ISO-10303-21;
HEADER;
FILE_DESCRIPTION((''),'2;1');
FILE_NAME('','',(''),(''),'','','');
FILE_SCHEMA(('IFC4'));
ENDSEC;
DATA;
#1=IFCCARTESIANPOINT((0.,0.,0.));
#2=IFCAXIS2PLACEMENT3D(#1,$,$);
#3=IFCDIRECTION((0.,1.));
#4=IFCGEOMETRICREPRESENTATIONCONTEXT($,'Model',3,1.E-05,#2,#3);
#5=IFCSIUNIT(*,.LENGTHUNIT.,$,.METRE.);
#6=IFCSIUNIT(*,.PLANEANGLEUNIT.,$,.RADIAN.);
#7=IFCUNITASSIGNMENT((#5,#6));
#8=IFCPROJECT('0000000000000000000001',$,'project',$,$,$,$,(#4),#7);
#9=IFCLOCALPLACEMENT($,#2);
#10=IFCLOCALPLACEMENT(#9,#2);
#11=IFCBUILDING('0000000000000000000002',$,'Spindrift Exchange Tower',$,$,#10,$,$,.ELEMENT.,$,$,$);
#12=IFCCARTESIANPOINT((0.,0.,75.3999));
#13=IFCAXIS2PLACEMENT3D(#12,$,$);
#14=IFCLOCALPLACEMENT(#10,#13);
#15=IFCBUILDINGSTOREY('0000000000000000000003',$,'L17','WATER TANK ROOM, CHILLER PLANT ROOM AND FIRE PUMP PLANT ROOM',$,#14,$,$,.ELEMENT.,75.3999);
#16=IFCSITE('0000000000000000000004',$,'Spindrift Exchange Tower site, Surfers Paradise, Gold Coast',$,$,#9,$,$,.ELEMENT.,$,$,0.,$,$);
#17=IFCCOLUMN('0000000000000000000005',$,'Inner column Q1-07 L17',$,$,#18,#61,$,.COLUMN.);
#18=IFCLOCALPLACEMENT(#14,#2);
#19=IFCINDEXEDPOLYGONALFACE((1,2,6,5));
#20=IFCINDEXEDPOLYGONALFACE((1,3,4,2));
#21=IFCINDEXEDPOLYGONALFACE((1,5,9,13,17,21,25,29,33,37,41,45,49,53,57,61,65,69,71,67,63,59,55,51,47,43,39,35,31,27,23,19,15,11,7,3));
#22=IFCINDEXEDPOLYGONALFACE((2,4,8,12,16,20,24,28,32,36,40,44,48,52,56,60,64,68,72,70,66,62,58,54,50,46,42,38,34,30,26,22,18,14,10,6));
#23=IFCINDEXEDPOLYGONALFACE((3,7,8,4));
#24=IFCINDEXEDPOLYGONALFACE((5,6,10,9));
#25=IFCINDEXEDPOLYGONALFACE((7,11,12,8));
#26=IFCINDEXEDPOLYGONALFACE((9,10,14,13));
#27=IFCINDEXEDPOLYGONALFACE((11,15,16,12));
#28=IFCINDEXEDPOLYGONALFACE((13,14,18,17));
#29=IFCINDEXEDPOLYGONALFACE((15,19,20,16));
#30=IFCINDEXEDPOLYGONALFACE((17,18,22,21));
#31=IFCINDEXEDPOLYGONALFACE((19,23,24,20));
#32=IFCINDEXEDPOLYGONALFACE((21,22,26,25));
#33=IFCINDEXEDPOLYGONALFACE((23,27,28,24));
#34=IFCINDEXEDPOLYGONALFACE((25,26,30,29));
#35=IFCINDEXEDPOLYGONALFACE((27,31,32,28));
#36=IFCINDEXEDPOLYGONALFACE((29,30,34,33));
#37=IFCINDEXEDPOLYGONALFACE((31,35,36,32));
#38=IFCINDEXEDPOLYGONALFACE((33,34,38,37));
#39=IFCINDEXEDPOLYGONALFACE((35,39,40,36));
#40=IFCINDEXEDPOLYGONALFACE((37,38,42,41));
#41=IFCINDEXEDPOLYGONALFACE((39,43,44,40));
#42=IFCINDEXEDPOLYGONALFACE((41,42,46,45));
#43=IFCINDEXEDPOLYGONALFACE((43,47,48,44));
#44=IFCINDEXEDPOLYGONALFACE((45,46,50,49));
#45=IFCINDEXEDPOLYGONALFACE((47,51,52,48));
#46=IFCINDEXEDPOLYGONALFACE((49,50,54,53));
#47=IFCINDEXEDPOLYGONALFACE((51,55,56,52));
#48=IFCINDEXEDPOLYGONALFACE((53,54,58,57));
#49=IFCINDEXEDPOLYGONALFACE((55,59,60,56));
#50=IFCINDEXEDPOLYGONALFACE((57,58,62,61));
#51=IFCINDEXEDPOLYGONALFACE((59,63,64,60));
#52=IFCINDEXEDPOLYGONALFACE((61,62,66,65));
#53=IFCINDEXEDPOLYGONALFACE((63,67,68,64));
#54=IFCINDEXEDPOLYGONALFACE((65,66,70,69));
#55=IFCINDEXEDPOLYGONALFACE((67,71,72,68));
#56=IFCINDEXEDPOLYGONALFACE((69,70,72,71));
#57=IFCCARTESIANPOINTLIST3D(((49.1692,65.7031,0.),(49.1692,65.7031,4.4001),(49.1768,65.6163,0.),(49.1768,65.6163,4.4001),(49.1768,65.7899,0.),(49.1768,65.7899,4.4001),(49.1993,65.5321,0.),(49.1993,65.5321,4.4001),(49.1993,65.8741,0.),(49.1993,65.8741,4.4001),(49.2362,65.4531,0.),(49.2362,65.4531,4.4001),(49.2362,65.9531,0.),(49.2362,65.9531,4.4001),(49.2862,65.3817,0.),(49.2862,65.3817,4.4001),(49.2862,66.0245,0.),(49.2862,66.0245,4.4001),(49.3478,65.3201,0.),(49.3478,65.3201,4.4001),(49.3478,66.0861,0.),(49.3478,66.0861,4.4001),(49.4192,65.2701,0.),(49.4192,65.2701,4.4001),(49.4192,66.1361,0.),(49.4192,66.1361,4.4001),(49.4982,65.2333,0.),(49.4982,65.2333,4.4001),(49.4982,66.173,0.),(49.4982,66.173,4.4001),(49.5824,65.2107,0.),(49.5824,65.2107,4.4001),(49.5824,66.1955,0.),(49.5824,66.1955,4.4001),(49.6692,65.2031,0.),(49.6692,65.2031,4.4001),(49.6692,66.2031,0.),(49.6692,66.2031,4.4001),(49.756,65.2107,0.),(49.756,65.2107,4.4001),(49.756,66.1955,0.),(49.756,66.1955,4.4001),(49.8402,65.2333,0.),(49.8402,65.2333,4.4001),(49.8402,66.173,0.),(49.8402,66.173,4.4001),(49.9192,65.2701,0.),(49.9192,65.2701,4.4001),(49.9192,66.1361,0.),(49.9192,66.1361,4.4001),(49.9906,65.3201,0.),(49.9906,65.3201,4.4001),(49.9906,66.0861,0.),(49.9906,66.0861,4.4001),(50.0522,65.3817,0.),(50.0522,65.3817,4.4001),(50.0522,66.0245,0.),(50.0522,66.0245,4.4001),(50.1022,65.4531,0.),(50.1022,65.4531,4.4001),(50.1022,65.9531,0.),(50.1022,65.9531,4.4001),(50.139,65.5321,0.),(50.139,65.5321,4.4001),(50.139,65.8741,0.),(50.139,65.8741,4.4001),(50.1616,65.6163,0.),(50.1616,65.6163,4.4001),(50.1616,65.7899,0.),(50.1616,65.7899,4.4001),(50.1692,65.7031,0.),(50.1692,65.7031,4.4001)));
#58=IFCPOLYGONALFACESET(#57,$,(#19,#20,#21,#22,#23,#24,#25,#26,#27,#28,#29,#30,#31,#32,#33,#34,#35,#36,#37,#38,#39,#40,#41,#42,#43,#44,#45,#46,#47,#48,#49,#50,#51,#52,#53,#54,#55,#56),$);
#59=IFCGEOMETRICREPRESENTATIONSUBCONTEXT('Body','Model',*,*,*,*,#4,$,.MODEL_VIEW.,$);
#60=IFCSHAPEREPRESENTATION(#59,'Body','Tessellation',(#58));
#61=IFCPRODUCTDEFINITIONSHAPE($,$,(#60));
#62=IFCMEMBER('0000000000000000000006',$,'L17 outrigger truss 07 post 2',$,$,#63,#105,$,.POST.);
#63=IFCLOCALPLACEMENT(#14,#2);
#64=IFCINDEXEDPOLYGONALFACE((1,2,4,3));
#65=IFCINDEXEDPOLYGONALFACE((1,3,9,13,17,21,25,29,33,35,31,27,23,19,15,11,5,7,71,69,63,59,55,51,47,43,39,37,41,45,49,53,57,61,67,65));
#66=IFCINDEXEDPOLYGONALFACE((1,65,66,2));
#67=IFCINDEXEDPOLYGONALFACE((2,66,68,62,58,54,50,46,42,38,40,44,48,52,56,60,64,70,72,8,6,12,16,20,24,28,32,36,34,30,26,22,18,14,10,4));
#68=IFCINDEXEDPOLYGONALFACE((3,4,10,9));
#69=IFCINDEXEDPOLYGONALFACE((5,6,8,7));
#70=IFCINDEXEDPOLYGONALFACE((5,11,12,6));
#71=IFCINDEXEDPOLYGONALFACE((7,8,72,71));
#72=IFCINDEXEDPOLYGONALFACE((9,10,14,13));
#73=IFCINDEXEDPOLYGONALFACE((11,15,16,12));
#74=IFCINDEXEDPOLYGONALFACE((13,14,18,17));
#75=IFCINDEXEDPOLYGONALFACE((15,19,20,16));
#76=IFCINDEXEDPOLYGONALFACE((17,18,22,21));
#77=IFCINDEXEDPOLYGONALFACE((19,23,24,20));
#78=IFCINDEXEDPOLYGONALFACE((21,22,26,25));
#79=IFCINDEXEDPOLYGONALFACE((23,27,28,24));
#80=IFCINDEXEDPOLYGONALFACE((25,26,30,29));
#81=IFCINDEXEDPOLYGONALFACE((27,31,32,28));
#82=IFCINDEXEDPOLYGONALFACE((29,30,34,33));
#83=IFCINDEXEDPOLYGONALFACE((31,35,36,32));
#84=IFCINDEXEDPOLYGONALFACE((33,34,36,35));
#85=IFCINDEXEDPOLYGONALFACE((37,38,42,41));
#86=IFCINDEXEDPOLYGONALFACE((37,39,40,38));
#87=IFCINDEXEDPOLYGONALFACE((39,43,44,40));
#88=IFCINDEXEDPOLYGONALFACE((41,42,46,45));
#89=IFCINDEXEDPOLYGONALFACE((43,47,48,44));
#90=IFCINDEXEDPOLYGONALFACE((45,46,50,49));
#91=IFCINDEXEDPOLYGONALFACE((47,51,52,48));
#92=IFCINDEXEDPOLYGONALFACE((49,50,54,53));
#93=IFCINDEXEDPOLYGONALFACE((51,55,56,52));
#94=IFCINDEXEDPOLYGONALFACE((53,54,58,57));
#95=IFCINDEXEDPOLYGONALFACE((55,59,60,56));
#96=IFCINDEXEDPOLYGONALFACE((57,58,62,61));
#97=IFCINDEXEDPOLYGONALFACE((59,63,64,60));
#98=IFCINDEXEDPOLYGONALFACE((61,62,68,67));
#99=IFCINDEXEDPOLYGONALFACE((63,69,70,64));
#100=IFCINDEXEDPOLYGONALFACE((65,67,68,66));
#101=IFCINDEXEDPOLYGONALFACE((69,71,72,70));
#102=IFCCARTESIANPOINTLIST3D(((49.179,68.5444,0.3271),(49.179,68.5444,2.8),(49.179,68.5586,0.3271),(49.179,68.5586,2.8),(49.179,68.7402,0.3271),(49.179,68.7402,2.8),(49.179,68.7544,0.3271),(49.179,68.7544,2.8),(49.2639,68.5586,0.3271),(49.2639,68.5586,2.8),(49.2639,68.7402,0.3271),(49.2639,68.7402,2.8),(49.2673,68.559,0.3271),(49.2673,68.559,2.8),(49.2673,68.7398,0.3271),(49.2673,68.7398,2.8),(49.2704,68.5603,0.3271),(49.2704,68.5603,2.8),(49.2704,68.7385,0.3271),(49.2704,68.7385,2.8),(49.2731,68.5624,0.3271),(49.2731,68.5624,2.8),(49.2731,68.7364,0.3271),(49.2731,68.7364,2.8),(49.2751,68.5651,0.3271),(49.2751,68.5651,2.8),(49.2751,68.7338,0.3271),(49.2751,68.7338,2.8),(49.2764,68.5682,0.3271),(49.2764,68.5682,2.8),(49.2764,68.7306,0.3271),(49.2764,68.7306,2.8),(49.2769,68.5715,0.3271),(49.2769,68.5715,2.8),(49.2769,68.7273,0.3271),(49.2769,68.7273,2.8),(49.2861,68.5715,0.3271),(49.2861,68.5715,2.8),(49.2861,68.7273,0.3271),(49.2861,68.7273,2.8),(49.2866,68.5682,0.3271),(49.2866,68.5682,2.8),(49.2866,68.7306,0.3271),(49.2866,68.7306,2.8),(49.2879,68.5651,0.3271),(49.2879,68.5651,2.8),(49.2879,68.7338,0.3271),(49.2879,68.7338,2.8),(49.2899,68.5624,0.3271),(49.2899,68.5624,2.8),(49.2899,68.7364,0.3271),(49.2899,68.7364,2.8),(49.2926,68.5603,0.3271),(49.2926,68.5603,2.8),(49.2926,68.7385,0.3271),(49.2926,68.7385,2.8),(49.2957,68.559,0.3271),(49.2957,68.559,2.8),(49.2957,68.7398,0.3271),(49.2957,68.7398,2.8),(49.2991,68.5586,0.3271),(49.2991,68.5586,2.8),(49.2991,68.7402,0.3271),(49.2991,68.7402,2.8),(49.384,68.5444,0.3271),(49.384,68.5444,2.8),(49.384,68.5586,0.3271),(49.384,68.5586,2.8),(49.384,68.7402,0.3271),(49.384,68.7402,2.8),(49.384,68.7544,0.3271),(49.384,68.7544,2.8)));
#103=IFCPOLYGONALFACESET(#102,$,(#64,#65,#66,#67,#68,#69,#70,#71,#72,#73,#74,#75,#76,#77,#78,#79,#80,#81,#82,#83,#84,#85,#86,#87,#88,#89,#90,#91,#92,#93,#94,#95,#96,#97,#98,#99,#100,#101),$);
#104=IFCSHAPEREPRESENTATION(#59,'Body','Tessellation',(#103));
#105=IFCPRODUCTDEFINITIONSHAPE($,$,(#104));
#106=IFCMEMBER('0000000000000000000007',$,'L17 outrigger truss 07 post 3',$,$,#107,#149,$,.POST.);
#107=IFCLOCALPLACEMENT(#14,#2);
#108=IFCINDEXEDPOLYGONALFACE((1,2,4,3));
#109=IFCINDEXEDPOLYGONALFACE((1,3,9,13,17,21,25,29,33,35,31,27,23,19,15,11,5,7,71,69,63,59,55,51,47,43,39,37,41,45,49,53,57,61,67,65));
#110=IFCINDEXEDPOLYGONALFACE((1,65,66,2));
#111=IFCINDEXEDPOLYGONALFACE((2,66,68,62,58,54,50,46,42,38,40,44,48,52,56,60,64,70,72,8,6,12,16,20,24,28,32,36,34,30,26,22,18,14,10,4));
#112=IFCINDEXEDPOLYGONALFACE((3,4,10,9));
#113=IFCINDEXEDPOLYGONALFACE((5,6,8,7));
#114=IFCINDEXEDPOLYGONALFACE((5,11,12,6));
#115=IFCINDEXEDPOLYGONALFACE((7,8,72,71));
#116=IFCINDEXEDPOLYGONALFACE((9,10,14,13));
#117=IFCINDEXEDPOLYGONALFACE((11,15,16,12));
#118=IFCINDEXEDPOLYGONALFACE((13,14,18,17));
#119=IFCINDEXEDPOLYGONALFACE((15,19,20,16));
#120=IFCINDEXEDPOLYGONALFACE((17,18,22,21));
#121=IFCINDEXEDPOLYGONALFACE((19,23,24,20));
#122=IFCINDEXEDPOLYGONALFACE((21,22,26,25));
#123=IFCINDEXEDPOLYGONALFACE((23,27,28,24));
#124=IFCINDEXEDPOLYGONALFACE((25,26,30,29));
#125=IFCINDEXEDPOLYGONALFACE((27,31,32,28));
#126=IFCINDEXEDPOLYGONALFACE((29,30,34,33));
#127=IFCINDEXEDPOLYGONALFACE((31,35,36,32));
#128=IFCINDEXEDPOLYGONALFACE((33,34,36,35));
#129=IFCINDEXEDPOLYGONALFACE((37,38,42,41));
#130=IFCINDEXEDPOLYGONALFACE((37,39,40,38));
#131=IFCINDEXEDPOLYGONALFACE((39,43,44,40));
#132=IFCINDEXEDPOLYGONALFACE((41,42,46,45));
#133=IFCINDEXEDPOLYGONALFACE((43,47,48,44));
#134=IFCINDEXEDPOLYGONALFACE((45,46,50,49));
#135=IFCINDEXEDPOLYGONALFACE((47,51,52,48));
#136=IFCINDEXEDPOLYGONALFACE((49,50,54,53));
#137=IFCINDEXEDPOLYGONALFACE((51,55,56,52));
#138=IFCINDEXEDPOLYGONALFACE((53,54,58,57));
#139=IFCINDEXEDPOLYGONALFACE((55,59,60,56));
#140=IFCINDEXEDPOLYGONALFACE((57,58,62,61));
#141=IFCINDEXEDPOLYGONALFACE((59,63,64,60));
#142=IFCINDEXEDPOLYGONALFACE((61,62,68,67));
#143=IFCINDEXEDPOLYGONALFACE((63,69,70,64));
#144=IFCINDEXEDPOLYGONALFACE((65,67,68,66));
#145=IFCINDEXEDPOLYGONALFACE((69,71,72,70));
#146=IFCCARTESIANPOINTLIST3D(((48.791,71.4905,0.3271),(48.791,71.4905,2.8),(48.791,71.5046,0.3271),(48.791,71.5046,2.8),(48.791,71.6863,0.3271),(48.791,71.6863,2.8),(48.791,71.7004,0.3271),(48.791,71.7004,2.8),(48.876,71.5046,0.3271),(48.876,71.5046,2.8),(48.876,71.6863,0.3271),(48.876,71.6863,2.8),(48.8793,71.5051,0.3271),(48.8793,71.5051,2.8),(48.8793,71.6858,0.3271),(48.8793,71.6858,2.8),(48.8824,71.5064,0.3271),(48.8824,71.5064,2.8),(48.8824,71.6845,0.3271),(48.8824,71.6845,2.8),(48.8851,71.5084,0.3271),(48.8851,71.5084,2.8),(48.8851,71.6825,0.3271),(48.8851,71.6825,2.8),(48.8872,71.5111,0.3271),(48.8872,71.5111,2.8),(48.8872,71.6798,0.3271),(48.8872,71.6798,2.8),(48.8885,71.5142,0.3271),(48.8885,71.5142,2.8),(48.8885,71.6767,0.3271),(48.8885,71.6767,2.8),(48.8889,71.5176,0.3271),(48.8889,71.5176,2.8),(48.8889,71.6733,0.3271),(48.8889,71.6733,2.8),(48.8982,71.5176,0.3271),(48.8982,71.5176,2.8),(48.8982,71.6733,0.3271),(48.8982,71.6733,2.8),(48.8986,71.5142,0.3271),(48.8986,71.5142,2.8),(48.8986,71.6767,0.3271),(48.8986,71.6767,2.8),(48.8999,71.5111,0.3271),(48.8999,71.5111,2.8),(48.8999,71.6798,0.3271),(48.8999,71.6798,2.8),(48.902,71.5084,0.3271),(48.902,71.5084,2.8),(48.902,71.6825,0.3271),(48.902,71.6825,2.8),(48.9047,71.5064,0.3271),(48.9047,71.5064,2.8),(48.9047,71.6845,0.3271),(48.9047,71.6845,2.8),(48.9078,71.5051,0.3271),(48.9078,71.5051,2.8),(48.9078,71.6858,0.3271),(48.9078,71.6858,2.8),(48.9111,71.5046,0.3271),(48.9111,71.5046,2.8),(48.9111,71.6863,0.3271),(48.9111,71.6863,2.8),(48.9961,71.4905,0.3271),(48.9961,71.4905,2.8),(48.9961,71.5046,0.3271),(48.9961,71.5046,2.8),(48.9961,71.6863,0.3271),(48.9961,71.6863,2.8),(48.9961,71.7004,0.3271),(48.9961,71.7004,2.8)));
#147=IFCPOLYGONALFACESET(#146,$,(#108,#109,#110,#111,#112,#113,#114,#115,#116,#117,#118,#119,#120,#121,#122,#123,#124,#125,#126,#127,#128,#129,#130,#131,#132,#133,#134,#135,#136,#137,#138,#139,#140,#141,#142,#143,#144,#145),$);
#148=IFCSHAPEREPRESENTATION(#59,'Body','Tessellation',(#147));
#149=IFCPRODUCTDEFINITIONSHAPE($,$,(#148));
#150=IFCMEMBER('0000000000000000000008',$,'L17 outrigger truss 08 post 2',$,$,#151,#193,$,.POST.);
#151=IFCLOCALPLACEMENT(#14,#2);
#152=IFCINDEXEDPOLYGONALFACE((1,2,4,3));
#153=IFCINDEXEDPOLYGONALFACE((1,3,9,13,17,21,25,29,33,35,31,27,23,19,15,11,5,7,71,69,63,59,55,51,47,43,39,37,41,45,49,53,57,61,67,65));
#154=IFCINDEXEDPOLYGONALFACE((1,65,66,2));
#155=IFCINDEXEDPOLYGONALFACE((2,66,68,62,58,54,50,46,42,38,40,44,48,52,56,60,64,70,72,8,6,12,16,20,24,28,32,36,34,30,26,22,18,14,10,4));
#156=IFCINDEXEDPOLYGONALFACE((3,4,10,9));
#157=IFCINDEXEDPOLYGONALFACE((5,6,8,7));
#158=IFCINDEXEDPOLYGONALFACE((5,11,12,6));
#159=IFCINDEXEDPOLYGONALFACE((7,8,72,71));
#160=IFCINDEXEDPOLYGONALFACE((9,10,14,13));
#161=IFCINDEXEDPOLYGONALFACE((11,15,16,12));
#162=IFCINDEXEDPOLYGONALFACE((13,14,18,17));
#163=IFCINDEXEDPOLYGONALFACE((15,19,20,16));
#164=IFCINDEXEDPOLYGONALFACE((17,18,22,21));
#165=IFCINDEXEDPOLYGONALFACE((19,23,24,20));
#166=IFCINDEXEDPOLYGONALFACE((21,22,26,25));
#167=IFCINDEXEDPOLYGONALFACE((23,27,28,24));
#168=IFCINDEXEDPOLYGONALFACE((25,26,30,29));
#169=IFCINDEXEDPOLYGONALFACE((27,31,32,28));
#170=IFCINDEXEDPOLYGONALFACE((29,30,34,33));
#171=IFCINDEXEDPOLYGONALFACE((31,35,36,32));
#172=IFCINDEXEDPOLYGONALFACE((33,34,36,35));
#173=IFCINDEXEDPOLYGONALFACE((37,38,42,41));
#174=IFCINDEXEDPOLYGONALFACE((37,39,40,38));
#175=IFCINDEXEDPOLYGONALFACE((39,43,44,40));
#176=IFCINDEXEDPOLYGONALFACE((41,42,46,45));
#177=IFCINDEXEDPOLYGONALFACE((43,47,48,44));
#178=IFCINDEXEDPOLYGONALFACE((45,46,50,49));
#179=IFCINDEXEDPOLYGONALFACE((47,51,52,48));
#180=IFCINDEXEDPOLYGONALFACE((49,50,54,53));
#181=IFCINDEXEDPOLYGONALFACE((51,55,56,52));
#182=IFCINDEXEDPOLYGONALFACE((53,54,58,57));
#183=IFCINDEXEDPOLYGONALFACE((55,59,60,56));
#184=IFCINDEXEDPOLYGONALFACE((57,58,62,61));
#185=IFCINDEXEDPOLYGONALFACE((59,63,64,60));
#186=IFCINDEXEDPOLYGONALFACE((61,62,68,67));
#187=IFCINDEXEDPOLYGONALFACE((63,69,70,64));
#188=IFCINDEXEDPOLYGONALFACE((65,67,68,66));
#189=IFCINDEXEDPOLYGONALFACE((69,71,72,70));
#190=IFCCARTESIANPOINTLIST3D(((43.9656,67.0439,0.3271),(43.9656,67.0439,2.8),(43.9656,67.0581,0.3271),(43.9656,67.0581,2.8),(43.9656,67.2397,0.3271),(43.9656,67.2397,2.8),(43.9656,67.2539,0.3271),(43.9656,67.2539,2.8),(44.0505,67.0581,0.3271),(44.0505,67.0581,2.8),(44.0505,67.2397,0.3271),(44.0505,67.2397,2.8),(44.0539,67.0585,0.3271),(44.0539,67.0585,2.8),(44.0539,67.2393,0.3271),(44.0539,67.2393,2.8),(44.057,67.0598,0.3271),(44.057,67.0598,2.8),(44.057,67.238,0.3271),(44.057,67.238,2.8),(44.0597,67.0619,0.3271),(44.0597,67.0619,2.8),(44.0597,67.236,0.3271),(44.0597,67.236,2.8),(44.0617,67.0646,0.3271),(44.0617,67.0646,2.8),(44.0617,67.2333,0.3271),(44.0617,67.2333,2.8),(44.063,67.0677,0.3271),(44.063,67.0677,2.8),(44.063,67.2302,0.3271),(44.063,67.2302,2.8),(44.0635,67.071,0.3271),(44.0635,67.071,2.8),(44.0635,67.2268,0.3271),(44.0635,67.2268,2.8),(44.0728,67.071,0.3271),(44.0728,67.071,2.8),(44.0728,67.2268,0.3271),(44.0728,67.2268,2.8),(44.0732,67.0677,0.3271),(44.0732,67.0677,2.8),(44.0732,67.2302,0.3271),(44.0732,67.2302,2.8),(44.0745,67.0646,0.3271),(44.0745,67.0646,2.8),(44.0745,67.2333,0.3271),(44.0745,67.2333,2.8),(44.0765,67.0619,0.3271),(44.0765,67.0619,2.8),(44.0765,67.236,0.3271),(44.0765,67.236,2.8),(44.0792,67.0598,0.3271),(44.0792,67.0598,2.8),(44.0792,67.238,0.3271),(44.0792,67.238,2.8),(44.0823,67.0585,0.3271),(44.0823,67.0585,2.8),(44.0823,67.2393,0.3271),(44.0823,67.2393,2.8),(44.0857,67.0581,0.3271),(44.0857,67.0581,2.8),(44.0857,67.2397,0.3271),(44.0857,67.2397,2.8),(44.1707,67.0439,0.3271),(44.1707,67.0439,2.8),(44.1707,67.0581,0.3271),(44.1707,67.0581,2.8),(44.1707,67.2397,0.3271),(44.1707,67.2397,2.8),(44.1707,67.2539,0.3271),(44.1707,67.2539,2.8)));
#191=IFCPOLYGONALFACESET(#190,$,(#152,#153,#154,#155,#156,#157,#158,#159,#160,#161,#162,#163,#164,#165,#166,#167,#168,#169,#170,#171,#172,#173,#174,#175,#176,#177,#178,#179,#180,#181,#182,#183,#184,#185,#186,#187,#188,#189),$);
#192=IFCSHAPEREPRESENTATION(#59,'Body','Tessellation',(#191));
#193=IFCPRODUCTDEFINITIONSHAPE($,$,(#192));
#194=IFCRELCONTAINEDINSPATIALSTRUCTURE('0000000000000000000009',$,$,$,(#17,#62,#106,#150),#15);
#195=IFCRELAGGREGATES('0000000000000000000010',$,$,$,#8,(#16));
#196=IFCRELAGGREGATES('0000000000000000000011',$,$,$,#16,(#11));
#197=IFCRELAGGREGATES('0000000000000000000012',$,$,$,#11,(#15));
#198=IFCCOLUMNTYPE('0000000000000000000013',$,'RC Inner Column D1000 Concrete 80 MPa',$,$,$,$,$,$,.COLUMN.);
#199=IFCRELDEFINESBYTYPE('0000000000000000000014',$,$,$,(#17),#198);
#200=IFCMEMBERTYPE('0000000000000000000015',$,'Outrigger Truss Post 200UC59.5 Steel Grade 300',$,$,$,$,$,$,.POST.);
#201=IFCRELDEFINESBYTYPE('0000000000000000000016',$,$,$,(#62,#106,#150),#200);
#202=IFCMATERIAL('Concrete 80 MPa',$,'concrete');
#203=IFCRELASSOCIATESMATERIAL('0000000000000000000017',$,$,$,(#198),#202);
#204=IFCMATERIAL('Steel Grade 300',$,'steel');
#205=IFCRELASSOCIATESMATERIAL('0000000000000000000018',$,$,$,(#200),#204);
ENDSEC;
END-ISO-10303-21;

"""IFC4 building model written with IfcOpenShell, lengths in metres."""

from ifc_helpers import new_model, si_unit, direction, frame, origin, origin_2d, place, context, subcontext, project, spatial, circle, i_section, extrude, source, transform, mapped, material, material_profile, profile_set, type_object, element, save


model = new_model("IFC4")

# Units and contexts
model_context = context("Model", 3, precision=1e-05, world=origin(), true_north=direction((0.0, 1.0)))
body_context = subcontext(model_context, "Body", "Model", "MODEL_VIEW")
ifc_project = project(units=[si_unit("LENGTHUNIT", "METRE"), si_unit("PLANEANGLEUNIT", "RADIAN")], contexts=[model_context])

# Site, building, storey
site_placement = place(None, origin())
site = spatial("IfcSite", under=ifc_project, at=site_placement, Name="Spindrift Exchange Tower site, Surfers Paradise, Gold Coast", CompositionType="ELEMENT", RefElevation=0.0)
building_placement = place(site_placement, origin())
building = spatial("IfcBuilding", under=site, at=building_placement, Name="Spindrift Exchange Tower", CompositionType="ELEMENT")
storey_placement = place(building_placement, frame((0.0, 0.0, 75.3999)))
storey = spatial("IfcBuildingStorey", under=building, at=storey_placement, Name="L17", Description="WATER TANK ROOM, CHILLER PLANT ROOM AND FIRE PUMP PLANT ROOM", CompositionType="ELEMENT", Elevation=75.3999)

# Column
ifc_material_1 = material(Name="Concrete 80 MPa", Category="concrete")
ifc_material_profile_1 = material_profile(ifc_material_1, circle(Radius=0.5, at=origin_2d()), Name="RC D1000")
ifc_profile_set_1 = profile_set([ifc_material_profile_1], Name="Concrete 80 MPa")
column_type = type_object("IfcColumnType", Name="RC Inner Column D1000 Concrete 80 MPa", PredefinedType="COLUMN", material=ifc_profile_set_1)
shared_shape_1 = source(origin(), body_context, "Body", "SweptSolid", [
    extrude(circle(Radius=0.5, at=origin_2d()), origin(), (0.0, 0.0, 1.0), 4.4001),
])
column_placement = place(storey_placement, frame((49.6692, 65.7031, 0.0), z_axis=(0.0, 0.0, 1.0), x_axis=(1.0, 0.0, 0.0)))
element("IfcColumn", 1, at=column_placement, inside=storey, type_object=column_type, Name="Inner column Q1-07 L17", PredefinedType="COLUMN", context=body_context, shape_type="MappedRepresentation", body=[
    mapped(shared_shape_1, transform((0.0, 0.0, 0.0), scale=1.0)),
])

# Members
ifc_material_2 = material(Name="Steel Grade 300", Category="steel")
ifc_material_profile_2 = material_profile(ifc_material_2, i_section(OverallWidth=0.2051, OverallDepth=0.21, WebThickness=0.0093, FlangeThickness=0.0142, FilletRadius=0.0129, at=origin_2d()), Name="200UC59.5")
ifc_profile_set_2 = profile_set([ifc_material_profile_2], Name="Steel Grade 300")
member_type_1 = type_object("IfcMemberType", Name="Outrigger Truss Post 200UC59.5 Steel Grade 300", PredefinedType="POST", material=ifc_profile_set_2)
shared_shape_2 = source(origin(), body_context, "Body", "SweptSolid", [
    extrude(i_section(OverallWidth=0.2051, OverallDepth=0.21, WebThickness=0.0093, FlangeThickness=0.0142, FilletRadius=0.0129, at=origin_2d()), origin(), (0.0, 0.0, 1.0), 2.4729),
])
for number, where, z_axis, x_axis, name in (
    (2, (49.2815, 68.6494, 0.3271), (0.0, 0.0, 1.0), (1.0, 0.0, 0.0), "L17 outrigger truss 07 post 2"),
    (3, (48.8936, 71.5955, 0.3271), (0.0, 0.0, 1.0), (1.0, 0.0, 0.0), "L17 outrigger truss 07 post 3"),
    (4, (44.0681, 67.1489, 0.3271), (0.0, 0.0, 1.0), (1.0, 0.0, 0.0), "L17 outrigger truss 08 post 2"),
):
    element("IfcMember", number, at=place(storey_placement, frame(where, z_axis=z_axis, x_axis=x_axis)), inside=storey, type_object=member_type_1, Name=name, PredefinedType="POST", context=body_context, shape_type="MappedRepresentation", body=[
        mapped(shared_shape_2, transform((0.0, 0.0, 0.0), scale=1.0)),
    ])

save(model, "model.ifc")
